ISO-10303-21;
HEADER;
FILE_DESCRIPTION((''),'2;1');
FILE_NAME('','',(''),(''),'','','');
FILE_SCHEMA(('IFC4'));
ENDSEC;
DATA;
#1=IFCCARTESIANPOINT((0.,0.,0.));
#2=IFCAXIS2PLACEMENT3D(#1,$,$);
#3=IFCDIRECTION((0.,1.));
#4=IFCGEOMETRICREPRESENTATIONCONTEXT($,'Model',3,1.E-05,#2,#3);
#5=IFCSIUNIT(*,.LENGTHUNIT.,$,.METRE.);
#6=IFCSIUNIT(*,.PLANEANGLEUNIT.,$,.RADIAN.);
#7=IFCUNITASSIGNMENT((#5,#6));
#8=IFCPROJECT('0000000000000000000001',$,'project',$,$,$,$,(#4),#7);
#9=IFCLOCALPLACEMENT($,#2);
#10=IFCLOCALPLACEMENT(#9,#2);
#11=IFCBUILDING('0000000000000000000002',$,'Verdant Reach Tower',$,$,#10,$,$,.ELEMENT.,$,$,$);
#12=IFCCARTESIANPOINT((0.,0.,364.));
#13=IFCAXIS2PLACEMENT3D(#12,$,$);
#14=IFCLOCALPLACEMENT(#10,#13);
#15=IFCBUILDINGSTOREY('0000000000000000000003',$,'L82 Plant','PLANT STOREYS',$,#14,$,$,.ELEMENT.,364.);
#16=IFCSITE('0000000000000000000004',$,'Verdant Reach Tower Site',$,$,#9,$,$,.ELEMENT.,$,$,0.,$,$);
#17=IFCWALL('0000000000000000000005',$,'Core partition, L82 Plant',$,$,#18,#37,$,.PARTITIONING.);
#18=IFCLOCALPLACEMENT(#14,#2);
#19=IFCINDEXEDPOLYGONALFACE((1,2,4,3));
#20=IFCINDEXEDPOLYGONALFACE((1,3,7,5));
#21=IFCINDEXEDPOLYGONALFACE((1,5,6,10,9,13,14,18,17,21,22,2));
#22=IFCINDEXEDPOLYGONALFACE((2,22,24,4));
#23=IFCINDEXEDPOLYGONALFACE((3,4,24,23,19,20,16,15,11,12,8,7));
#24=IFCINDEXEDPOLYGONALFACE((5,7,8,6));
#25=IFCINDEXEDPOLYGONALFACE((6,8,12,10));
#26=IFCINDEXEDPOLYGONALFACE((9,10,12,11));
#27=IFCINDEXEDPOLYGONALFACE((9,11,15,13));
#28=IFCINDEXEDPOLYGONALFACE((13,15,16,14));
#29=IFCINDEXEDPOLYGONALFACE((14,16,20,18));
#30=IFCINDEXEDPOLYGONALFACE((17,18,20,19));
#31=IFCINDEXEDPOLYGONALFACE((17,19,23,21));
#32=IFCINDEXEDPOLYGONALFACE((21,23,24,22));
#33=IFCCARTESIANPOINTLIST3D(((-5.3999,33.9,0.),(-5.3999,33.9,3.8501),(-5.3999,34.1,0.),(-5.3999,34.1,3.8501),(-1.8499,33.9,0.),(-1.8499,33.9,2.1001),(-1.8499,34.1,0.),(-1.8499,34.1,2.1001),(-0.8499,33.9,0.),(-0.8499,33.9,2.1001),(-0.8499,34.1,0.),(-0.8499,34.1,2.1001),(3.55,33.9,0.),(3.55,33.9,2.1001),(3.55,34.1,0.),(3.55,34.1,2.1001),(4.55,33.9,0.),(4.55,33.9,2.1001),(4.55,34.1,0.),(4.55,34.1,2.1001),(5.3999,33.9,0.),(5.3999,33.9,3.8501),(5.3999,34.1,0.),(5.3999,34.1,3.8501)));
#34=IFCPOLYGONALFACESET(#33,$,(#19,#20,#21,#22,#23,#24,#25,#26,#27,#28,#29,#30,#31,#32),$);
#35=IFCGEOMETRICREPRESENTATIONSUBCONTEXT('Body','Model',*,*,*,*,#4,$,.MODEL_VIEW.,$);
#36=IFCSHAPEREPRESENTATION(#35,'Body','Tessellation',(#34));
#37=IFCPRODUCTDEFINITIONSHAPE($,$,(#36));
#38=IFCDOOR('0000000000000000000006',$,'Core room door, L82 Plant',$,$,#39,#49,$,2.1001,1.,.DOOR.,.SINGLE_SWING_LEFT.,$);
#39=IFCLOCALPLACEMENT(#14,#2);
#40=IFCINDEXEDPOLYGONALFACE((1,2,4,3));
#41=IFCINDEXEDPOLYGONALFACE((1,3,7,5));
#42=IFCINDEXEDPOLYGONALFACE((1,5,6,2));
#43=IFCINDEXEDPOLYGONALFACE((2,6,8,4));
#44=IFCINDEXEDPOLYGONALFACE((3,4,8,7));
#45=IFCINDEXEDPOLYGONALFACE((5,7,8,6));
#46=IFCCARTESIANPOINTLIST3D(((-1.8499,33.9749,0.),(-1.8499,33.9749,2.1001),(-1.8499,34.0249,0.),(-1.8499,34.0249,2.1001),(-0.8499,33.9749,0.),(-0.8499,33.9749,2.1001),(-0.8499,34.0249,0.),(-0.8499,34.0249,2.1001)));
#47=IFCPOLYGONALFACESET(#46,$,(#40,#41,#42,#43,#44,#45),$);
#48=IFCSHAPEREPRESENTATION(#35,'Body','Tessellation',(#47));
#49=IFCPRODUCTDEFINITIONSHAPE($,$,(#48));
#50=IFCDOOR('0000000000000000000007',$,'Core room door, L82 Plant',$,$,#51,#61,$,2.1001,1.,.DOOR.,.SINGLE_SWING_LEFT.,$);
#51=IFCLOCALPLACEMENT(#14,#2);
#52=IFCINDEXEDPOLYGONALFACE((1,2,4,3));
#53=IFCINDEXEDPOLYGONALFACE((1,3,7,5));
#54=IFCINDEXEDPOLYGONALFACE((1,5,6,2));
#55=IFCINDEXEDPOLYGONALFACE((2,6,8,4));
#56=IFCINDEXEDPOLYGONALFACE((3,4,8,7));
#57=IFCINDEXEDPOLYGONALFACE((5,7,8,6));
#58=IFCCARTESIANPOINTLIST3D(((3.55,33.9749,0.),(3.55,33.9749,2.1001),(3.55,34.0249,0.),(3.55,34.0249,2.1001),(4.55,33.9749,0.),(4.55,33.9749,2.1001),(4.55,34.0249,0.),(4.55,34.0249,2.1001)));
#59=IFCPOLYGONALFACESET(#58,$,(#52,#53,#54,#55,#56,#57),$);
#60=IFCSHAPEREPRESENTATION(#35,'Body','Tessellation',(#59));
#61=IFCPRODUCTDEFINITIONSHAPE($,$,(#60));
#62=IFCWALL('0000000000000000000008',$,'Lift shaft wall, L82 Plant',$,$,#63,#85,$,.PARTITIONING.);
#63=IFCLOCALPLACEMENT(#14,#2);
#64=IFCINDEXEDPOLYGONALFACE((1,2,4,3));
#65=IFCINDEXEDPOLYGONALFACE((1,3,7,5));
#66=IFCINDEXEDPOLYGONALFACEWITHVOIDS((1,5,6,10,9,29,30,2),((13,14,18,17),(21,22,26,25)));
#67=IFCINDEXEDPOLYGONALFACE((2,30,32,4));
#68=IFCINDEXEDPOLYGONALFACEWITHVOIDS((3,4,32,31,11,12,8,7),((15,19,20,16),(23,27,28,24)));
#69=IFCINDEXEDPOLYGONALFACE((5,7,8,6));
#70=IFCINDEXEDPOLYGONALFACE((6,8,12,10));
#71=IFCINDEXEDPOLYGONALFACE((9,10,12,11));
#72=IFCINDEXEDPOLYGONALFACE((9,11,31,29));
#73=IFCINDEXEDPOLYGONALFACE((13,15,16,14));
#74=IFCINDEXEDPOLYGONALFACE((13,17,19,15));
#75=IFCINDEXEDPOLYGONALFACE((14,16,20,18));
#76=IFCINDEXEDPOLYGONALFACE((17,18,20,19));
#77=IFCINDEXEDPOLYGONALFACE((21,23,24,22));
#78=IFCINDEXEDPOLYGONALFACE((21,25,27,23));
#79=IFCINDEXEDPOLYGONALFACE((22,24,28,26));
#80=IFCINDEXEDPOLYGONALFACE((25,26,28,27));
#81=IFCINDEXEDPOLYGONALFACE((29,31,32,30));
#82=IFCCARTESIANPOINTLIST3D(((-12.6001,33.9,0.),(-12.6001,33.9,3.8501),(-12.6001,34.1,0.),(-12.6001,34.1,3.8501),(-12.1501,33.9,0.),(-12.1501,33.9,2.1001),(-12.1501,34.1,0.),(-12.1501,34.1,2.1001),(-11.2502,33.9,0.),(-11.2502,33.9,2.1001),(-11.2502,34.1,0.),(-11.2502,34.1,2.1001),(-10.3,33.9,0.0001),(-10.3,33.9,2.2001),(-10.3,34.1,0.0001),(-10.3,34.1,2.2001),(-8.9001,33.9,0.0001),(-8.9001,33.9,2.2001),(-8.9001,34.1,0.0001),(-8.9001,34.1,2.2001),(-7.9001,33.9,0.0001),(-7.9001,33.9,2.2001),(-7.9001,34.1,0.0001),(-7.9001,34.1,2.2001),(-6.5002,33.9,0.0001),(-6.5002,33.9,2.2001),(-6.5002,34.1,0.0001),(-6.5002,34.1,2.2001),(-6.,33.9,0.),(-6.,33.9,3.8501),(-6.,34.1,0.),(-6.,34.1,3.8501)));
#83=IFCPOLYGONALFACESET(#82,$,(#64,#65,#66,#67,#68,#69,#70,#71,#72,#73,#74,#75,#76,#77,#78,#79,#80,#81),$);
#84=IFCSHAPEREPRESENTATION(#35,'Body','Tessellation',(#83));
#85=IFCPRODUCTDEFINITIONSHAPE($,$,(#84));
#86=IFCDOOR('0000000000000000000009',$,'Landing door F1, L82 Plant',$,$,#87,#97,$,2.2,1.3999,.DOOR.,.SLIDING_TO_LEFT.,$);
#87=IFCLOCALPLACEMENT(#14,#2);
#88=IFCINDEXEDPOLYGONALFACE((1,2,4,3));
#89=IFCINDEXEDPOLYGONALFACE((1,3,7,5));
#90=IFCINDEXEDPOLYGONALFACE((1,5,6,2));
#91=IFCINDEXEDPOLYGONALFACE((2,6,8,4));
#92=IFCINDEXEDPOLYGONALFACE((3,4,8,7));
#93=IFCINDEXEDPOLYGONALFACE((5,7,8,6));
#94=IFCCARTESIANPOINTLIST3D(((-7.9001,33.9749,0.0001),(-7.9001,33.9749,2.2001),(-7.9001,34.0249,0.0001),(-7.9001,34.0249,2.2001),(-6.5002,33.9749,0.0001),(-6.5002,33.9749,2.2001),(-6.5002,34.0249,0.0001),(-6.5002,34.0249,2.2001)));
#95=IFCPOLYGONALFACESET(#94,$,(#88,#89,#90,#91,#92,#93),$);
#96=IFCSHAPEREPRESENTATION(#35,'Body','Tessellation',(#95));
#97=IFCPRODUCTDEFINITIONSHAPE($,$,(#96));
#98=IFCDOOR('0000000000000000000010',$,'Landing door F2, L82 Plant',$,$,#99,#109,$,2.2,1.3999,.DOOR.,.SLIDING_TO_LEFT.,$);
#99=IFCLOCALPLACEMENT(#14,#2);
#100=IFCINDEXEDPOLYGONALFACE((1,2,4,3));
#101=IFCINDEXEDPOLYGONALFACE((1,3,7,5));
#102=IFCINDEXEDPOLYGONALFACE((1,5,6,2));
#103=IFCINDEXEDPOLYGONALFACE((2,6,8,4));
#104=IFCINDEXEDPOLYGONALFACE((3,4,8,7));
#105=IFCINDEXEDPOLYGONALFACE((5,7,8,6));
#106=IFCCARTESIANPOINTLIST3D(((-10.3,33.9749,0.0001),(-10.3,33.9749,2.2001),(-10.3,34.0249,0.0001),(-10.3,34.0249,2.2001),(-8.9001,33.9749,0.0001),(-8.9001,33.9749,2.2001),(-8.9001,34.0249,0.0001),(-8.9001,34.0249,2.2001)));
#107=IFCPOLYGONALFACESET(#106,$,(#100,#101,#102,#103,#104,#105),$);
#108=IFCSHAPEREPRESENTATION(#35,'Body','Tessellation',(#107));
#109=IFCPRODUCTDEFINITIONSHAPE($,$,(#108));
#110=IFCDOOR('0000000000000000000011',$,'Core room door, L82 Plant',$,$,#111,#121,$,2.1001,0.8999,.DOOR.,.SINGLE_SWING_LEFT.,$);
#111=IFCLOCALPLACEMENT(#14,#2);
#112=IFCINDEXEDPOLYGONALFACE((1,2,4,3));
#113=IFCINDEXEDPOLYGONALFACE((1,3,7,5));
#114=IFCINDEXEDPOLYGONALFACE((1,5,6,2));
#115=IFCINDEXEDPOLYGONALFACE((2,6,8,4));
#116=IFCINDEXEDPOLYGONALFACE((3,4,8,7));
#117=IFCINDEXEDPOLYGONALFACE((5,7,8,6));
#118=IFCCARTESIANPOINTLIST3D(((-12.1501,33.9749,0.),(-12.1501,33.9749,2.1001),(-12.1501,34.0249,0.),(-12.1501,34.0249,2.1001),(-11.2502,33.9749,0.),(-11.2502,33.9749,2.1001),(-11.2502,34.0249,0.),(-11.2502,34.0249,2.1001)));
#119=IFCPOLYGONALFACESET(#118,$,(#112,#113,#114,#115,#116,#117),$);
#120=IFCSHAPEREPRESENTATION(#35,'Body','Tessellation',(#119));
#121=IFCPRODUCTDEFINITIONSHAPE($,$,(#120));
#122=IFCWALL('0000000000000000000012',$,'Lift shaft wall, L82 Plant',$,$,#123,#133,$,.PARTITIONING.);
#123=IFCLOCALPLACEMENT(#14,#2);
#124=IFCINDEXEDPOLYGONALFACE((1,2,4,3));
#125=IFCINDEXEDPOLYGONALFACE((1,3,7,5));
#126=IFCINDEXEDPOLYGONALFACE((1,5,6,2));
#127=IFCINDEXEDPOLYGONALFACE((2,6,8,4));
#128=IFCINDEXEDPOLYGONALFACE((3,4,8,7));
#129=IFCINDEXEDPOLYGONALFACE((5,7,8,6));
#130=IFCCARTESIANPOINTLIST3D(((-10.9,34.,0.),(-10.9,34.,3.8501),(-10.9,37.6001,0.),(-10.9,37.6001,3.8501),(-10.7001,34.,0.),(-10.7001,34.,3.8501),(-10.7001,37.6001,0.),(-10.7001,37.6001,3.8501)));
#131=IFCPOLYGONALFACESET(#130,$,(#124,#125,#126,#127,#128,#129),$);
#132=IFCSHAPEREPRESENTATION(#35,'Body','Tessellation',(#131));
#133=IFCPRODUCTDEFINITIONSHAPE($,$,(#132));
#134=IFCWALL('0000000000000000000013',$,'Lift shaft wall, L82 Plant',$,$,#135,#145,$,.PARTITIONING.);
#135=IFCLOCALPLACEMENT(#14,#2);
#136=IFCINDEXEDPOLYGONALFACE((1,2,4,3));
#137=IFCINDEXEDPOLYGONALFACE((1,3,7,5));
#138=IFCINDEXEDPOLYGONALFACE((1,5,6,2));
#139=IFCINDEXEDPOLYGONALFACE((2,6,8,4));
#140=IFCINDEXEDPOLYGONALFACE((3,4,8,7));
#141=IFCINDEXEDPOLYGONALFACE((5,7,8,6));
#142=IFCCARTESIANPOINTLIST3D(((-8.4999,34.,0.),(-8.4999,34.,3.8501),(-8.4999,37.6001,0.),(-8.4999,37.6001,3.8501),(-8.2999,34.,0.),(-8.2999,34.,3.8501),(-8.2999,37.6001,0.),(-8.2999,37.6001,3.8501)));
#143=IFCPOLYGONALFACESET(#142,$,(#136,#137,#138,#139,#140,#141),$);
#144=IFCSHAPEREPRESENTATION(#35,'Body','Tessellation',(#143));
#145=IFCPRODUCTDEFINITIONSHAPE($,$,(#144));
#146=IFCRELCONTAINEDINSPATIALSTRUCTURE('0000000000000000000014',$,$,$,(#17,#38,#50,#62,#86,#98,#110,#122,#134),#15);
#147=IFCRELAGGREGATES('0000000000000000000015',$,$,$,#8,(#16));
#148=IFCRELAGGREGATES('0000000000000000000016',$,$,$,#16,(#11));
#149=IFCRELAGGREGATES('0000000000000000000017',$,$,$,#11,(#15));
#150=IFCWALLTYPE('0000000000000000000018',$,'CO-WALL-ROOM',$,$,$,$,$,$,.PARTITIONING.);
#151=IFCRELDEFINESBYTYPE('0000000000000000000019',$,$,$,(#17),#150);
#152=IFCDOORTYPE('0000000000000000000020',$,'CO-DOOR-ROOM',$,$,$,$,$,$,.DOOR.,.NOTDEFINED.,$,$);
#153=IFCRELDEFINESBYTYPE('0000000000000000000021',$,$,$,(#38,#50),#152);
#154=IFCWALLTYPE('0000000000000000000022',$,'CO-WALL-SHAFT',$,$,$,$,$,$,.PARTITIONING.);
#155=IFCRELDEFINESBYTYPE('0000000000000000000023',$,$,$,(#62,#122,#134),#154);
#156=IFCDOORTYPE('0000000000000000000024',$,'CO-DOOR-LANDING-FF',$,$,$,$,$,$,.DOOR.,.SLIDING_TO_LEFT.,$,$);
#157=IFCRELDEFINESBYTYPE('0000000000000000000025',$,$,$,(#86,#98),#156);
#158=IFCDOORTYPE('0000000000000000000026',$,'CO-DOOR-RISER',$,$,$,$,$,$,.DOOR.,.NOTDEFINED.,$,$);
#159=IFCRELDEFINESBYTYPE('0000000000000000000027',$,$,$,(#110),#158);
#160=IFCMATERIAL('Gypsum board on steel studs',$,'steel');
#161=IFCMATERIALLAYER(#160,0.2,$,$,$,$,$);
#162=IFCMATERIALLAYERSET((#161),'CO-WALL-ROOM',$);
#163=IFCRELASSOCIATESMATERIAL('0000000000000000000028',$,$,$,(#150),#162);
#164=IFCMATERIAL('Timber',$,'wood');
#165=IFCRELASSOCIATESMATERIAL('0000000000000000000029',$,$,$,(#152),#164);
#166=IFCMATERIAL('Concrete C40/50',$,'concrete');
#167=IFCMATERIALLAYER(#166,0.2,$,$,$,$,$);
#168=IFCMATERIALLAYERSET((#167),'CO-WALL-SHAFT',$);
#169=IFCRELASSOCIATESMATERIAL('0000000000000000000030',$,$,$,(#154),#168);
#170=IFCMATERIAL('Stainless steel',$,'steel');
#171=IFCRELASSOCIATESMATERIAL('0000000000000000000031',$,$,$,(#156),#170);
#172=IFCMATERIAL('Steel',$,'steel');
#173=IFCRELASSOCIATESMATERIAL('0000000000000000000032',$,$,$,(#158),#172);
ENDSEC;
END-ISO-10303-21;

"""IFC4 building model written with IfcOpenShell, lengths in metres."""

from ifc_helpers import new_model, si_unit, direction, frame, frame_2d, origin, place, context, subcontext, project, spatial, rectangle, extrude, material, layer, layer_set, type_object, element, fill, save


model = new_model("IFC4")

# Units and contexts
model_context = context("Model", 3, precision=1e-05, world=origin(), true_north=direction((0.0, 1.0)))
body_context = subcontext(model_context, "Body", "Model", "MODEL_VIEW")
ifc_project = project(units=[si_unit("LENGTHUNIT", "METRE"), si_unit("PLANEANGLEUNIT", "RADIAN")], contexts=[model_context])

# Site, building, storey
site_placement = place(None, origin())
site = spatial("IfcSite", under=ifc_project, at=site_placement, Name="Verdant Reach Tower Site", CompositionType="ELEMENT", RefElevation=0.0)
building_placement = place(site_placement, origin())
building = spatial("IfcBuilding", under=site, at=building_placement, Name="Verdant Reach Tower", CompositionType="ELEMENT")
storey_placement = place(building_placement, frame((0.0, 0.0, 364.0)))
storey = spatial("IfcBuildingStorey", under=building, at=storey_placement, Name="L82 Plant", Description="PLANT STOREYS", CompositionType="ELEMENT", Elevation=364.0)

# Shared definitions
ifc_material_1 = material(Name="Gypsum board on steel studs", Category="steel")
ifc_layer_1 = layer(ifc_material_1, 0.2)
ifc_layer_set_1 = layer_set([ifc_layer_1], Name="CO-WALL-ROOM")
wall_type_1 = type_object("IfcWallType", Name="CO-WALL-ROOM", PredefinedType="PARTITIONING", material=ifc_layer_set_1)
ifc_material_2 = material(Name="Timber", Category="wood")
door_type_1 = type_object("IfcDoorType", Name="CO-DOOR-ROOM", OperationType="NOTDEFINED", PredefinedType="DOOR", material=ifc_material_2)

# Walls, openings, doors
wall_1_placement = place(storey_placement, frame((-5.3999, 34.0, 0.0), z_axis=(0.0, 0.0, 1.0), x_axis=(1.0, 0.0, 0.0)))
wall_1 = element("IfcWall", 1, at=wall_1_placement, inside=storey, type_object=wall_type_1, Name="Core partition, L82 Plant", PredefinedType="PARTITIONING", context=body_context, shape_type="SweptSolid", body=[
    extrude(rectangle(XDim=10.7998, YDim=0.2, at=frame_2d((5.3999, 0.0))), origin(), (0.0, 0.0, 1.0), 3.8501),
])
opening_1_placement = place(wall_1_placement, frame((3.55, 0.0, 0.0)))
opening_1 = element("IfcOpeningElement", 2, at=opening_1_placement, cuts=wall_1, PredefinedType="OPENING", context=body_context, shape_type="SweptSolid", body=[
    extrude(rectangle(XDim=1.0, YDim=2.1001, at=frame_2d((0.5, 1.05))), frame((0.0, 0.1099, 0.0), z_axis=(0.0, -1.0, 0.0), x_axis=(1.0, 0.0, 0.0)), (0.0, 0.0, 1.0), 0.22),
])
opening_2_placement = place(wall_1_placement, frame((8.95, 0.0, 0.0)))
opening_2 = element("IfcOpeningElement", 3, at=opening_2_placement, cuts=wall_1, PredefinedType="OPENING", context=body_context, shape_type="SweptSolid", body=[
    extrude(rectangle(XDim=1.0, YDim=2.1001, at=frame_2d((0.5, 1.05))), frame((0.0, 0.1099, 0.0), z_axis=(0.0, -1.0, 0.0), x_axis=(1.0, 0.0, 0.0)), (0.0, 0.0, 1.0), 0.22),
])
door_1_placement = place(opening_1_placement, origin())
door_1 = element("IfcDoor", 4, at=door_1_placement, inside=storey, type_object=door_type_1, Name="Core room door, L82 Plant", OperationType="SINGLE_SWING_LEFT", OverallHeight=2.1001, OverallWidth=1.0, PredefinedType="DOOR", context=body_context, shape_type="SweptSolid", body=[
    extrude(rectangle(XDim=1.0, YDim=2.1001, at=frame_2d((0.5, 1.05))), frame((0.0, 0.0249, 0.0), z_axis=(0.0, -1.0, 0.0), x_axis=(1.0, 0.0, 0.0)), (0.0, 0.0, 1.0), 0.05),
])
fill(opening_1, door_1)
door_2_placement = place(opening_2_placement, origin())
door_2 = element("IfcDoor", 5, at=door_2_placement, inside=storey, type_object=door_type_1, Name="Core room door, L82 Plant", OperationType="SINGLE_SWING_LEFT", OverallHeight=2.1001, OverallWidth=1.0, PredefinedType="DOOR", context=body_context, shape_type="SweptSolid", body=[
    extrude(rectangle(XDim=1.0, YDim=2.1001, at=frame_2d((0.5, 1.05))), frame((0.0, 0.0249, 0.0), z_axis=(0.0, -1.0, 0.0), x_axis=(1.0, 0.0, 0.0)), (0.0, 0.0, 1.0), 0.05),
])
fill(opening_2, door_2)
ifc_material_3 = material(Name="Concrete C40/50", Category="concrete")
ifc_layer_2 = layer(ifc_material_3, 0.2)
ifc_layer_set_2 = layer_set([ifc_layer_2], Name="CO-WALL-SHAFT")
wall_type_2 = type_object("IfcWallType", Name="CO-WALL-SHAFT", PredefinedType="PARTITIONING", material=ifc_layer_set_2)
wall_2_placement = place(storey_placement, frame((-12.6001, 34.0, 0.0), z_axis=(0.0, 0.0, 1.0), x_axis=(1.0, 0.0, 0.0)))
wall_2 = element("IfcWall", 6, at=wall_2_placement, inside=storey, type_object=wall_type_2, Name="Lift shaft wall, L82 Plant", PredefinedType="PARTITIONING", context=body_context, shape_type="SweptSolid", body=[
    extrude(rectangle(XDim=6.6001, YDim=0.2, at=frame_2d((3.3, 0.0))), origin(), (0.0, 0.0, 1.0), 3.8501),
])
opening_3_placement = place(wall_2_placement, frame((4.7, 0.0, 0.0)))
opening_3 = element("IfcOpeningElement", 7, at=opening_3_placement, cuts=wall_2, PredefinedType="OPENING", context=body_context, shape_type="SweptSolid", body=[
    extrude(rectangle(XDim=1.3999, YDim=2.2, at=frame_2d((0.7, 1.1001))), frame((0.0, 0.1099, 0.0), z_axis=(0.0, -1.0, 0.0), x_axis=(1.0, 0.0, 0.0)), (0.0, 0.0, 1.0), 0.22),
])
opening_4_placement = place(wall_2_placement, frame((2.3, 0.0, 0.0)))
opening_4 = element("IfcOpeningElement", 8, at=opening_4_placement, cuts=wall_2, PredefinedType="OPENING", context=body_context, shape_type="SweptSolid", body=[
    extrude(rectangle(XDim=1.3999, YDim=2.2, at=frame_2d((0.7, 1.1001))), frame((0.0, 0.1099, 0.0), z_axis=(0.0, -1.0, 0.0), x_axis=(1.0, 0.0, 0.0)), (0.0, 0.0, 1.0), 0.22),
])
opening_5_placement = place(wall_2_placement, frame((0.45, 0.0, 0.0)))
opening_5 = element("IfcOpeningElement", 9, at=opening_5_placement, cuts=wall_2, PredefinedType="OPENING", context=body_context, shape_type="SweptSolid", body=[
    extrude(rectangle(XDim=0.8999, YDim=2.1001, at=frame_2d((0.45, 1.05))), frame((0.0, 0.1099, 0.0), z_axis=(0.0, -1.0, 0.0), x_axis=(1.0, 0.0, 0.0)), (0.0, 0.0, 1.0), 0.22),
])
ifc_material_4 = material(Name="Stainless steel", Category="steel")
door_type_2 = type_object("IfcDoorType", Name="CO-DOOR-LANDING-FF", OperationType="SLIDING_TO_LEFT", PredefinedType="DOOR", material=ifc_material_4)
door_3_placement = place(opening_3_placement, origin())
door_3 = element("IfcDoor", 10, at=door_3_placement, inside=storey, type_object=door_type_2, Name="Landing door F1, L82 Plant", OperationType="SLIDING_TO_LEFT", OverallHeight=2.2, OverallWidth=1.3999, PredefinedType="DOOR", context=body_context, shape_type="SweptSolid", body=[
    extrude(rectangle(XDim=1.3999, YDim=2.2, at=frame_2d((0.7, 1.1001))), frame((0.0, 0.0249, 0.0), z_axis=(0.0, -1.0, 0.0), x_axis=(1.0, 0.0, 0.0)), (0.0, 0.0, 1.0), 0.05),
])
fill(opening_3, door_3)
door_4_placement = place(opening_4_placement, origin())
door_4 = element("IfcDoor", 11, at=door_4_placement, inside=storey, type_object=door_type_2, Name="Landing door F2, L82 Plant", OperationType="SLIDING_TO_LEFT", OverallHeight=2.2, OverallWidth=1.3999, PredefinedType="DOOR", context=body_context, shape_type="SweptSolid", body=[
    extrude(rectangle(XDim=1.3999, YDim=2.2, at=frame_2d((0.7, 1.1001))), frame((0.0, 0.0249, 0.0), z_axis=(0.0, -1.0, 0.0), x_axis=(1.0, 0.0, 0.0)), (0.0, 0.0, 1.0), 0.05),
])
fill(opening_4, door_4)
ifc_material_5 = material(Name="Steel", Category="steel")
door_type_3 = type_object("IfcDoorType", Name="CO-DOOR-RISER", OperationType="NOTDEFINED", PredefinedType="DOOR", material=ifc_material_5)
door_5_placement = place(opening_5_placement, origin())
door_5 = element("IfcDoor", 12, at=door_5_placement, inside=storey, type_object=door_type_3, Name="Core room door, L82 Plant", OperationType="SINGLE_SWING_LEFT", OverallHeight=2.1001, OverallWidth=0.8999, PredefinedType="DOOR", context=body_context, shape_type="SweptSolid", body=[
    extrude(rectangle(XDim=0.8999, YDim=2.1001, at=frame_2d((0.45, 1.05))), frame((0.0, 0.0249, 0.0), z_axis=(0.0, -1.0, 0.0), x_axis=(1.0, 0.0, 0.0)), (0.0, 0.0, 1.0), 0.05),
])
fill(opening_5, door_5)

# Walls
for number, where, z_axis, x_axis, name in (
    (13, (-10.8, 34.0, 0.0), (0.0, 0.0, 1.0), (0.0, 1.0, 0.0), "Lift shaft wall, L82 Plant"),
    (14, (-8.3999, 34.0, 0.0), (0.0, 0.0, 1.0), (0.0, 1.0, 0.0), "Lift shaft wall, L82 Plant"),
):
    element("IfcWall", number, at=place(storey_placement, frame(where, z_axis=z_axis, x_axis=x_axis)), inside=storey, type_object=wall_type_2, Name=name, PredefinedType="PARTITIONING", context=body_context, shape_type="SweptSolid", body=[
        extrude(rectangle(XDim=3.6001, YDim=0.2, at=frame_2d((1.8, 0.0))), origin(), (0.0, 0.0, 1.0), 3.8501),
    ])

save(model, "model.ifc")
